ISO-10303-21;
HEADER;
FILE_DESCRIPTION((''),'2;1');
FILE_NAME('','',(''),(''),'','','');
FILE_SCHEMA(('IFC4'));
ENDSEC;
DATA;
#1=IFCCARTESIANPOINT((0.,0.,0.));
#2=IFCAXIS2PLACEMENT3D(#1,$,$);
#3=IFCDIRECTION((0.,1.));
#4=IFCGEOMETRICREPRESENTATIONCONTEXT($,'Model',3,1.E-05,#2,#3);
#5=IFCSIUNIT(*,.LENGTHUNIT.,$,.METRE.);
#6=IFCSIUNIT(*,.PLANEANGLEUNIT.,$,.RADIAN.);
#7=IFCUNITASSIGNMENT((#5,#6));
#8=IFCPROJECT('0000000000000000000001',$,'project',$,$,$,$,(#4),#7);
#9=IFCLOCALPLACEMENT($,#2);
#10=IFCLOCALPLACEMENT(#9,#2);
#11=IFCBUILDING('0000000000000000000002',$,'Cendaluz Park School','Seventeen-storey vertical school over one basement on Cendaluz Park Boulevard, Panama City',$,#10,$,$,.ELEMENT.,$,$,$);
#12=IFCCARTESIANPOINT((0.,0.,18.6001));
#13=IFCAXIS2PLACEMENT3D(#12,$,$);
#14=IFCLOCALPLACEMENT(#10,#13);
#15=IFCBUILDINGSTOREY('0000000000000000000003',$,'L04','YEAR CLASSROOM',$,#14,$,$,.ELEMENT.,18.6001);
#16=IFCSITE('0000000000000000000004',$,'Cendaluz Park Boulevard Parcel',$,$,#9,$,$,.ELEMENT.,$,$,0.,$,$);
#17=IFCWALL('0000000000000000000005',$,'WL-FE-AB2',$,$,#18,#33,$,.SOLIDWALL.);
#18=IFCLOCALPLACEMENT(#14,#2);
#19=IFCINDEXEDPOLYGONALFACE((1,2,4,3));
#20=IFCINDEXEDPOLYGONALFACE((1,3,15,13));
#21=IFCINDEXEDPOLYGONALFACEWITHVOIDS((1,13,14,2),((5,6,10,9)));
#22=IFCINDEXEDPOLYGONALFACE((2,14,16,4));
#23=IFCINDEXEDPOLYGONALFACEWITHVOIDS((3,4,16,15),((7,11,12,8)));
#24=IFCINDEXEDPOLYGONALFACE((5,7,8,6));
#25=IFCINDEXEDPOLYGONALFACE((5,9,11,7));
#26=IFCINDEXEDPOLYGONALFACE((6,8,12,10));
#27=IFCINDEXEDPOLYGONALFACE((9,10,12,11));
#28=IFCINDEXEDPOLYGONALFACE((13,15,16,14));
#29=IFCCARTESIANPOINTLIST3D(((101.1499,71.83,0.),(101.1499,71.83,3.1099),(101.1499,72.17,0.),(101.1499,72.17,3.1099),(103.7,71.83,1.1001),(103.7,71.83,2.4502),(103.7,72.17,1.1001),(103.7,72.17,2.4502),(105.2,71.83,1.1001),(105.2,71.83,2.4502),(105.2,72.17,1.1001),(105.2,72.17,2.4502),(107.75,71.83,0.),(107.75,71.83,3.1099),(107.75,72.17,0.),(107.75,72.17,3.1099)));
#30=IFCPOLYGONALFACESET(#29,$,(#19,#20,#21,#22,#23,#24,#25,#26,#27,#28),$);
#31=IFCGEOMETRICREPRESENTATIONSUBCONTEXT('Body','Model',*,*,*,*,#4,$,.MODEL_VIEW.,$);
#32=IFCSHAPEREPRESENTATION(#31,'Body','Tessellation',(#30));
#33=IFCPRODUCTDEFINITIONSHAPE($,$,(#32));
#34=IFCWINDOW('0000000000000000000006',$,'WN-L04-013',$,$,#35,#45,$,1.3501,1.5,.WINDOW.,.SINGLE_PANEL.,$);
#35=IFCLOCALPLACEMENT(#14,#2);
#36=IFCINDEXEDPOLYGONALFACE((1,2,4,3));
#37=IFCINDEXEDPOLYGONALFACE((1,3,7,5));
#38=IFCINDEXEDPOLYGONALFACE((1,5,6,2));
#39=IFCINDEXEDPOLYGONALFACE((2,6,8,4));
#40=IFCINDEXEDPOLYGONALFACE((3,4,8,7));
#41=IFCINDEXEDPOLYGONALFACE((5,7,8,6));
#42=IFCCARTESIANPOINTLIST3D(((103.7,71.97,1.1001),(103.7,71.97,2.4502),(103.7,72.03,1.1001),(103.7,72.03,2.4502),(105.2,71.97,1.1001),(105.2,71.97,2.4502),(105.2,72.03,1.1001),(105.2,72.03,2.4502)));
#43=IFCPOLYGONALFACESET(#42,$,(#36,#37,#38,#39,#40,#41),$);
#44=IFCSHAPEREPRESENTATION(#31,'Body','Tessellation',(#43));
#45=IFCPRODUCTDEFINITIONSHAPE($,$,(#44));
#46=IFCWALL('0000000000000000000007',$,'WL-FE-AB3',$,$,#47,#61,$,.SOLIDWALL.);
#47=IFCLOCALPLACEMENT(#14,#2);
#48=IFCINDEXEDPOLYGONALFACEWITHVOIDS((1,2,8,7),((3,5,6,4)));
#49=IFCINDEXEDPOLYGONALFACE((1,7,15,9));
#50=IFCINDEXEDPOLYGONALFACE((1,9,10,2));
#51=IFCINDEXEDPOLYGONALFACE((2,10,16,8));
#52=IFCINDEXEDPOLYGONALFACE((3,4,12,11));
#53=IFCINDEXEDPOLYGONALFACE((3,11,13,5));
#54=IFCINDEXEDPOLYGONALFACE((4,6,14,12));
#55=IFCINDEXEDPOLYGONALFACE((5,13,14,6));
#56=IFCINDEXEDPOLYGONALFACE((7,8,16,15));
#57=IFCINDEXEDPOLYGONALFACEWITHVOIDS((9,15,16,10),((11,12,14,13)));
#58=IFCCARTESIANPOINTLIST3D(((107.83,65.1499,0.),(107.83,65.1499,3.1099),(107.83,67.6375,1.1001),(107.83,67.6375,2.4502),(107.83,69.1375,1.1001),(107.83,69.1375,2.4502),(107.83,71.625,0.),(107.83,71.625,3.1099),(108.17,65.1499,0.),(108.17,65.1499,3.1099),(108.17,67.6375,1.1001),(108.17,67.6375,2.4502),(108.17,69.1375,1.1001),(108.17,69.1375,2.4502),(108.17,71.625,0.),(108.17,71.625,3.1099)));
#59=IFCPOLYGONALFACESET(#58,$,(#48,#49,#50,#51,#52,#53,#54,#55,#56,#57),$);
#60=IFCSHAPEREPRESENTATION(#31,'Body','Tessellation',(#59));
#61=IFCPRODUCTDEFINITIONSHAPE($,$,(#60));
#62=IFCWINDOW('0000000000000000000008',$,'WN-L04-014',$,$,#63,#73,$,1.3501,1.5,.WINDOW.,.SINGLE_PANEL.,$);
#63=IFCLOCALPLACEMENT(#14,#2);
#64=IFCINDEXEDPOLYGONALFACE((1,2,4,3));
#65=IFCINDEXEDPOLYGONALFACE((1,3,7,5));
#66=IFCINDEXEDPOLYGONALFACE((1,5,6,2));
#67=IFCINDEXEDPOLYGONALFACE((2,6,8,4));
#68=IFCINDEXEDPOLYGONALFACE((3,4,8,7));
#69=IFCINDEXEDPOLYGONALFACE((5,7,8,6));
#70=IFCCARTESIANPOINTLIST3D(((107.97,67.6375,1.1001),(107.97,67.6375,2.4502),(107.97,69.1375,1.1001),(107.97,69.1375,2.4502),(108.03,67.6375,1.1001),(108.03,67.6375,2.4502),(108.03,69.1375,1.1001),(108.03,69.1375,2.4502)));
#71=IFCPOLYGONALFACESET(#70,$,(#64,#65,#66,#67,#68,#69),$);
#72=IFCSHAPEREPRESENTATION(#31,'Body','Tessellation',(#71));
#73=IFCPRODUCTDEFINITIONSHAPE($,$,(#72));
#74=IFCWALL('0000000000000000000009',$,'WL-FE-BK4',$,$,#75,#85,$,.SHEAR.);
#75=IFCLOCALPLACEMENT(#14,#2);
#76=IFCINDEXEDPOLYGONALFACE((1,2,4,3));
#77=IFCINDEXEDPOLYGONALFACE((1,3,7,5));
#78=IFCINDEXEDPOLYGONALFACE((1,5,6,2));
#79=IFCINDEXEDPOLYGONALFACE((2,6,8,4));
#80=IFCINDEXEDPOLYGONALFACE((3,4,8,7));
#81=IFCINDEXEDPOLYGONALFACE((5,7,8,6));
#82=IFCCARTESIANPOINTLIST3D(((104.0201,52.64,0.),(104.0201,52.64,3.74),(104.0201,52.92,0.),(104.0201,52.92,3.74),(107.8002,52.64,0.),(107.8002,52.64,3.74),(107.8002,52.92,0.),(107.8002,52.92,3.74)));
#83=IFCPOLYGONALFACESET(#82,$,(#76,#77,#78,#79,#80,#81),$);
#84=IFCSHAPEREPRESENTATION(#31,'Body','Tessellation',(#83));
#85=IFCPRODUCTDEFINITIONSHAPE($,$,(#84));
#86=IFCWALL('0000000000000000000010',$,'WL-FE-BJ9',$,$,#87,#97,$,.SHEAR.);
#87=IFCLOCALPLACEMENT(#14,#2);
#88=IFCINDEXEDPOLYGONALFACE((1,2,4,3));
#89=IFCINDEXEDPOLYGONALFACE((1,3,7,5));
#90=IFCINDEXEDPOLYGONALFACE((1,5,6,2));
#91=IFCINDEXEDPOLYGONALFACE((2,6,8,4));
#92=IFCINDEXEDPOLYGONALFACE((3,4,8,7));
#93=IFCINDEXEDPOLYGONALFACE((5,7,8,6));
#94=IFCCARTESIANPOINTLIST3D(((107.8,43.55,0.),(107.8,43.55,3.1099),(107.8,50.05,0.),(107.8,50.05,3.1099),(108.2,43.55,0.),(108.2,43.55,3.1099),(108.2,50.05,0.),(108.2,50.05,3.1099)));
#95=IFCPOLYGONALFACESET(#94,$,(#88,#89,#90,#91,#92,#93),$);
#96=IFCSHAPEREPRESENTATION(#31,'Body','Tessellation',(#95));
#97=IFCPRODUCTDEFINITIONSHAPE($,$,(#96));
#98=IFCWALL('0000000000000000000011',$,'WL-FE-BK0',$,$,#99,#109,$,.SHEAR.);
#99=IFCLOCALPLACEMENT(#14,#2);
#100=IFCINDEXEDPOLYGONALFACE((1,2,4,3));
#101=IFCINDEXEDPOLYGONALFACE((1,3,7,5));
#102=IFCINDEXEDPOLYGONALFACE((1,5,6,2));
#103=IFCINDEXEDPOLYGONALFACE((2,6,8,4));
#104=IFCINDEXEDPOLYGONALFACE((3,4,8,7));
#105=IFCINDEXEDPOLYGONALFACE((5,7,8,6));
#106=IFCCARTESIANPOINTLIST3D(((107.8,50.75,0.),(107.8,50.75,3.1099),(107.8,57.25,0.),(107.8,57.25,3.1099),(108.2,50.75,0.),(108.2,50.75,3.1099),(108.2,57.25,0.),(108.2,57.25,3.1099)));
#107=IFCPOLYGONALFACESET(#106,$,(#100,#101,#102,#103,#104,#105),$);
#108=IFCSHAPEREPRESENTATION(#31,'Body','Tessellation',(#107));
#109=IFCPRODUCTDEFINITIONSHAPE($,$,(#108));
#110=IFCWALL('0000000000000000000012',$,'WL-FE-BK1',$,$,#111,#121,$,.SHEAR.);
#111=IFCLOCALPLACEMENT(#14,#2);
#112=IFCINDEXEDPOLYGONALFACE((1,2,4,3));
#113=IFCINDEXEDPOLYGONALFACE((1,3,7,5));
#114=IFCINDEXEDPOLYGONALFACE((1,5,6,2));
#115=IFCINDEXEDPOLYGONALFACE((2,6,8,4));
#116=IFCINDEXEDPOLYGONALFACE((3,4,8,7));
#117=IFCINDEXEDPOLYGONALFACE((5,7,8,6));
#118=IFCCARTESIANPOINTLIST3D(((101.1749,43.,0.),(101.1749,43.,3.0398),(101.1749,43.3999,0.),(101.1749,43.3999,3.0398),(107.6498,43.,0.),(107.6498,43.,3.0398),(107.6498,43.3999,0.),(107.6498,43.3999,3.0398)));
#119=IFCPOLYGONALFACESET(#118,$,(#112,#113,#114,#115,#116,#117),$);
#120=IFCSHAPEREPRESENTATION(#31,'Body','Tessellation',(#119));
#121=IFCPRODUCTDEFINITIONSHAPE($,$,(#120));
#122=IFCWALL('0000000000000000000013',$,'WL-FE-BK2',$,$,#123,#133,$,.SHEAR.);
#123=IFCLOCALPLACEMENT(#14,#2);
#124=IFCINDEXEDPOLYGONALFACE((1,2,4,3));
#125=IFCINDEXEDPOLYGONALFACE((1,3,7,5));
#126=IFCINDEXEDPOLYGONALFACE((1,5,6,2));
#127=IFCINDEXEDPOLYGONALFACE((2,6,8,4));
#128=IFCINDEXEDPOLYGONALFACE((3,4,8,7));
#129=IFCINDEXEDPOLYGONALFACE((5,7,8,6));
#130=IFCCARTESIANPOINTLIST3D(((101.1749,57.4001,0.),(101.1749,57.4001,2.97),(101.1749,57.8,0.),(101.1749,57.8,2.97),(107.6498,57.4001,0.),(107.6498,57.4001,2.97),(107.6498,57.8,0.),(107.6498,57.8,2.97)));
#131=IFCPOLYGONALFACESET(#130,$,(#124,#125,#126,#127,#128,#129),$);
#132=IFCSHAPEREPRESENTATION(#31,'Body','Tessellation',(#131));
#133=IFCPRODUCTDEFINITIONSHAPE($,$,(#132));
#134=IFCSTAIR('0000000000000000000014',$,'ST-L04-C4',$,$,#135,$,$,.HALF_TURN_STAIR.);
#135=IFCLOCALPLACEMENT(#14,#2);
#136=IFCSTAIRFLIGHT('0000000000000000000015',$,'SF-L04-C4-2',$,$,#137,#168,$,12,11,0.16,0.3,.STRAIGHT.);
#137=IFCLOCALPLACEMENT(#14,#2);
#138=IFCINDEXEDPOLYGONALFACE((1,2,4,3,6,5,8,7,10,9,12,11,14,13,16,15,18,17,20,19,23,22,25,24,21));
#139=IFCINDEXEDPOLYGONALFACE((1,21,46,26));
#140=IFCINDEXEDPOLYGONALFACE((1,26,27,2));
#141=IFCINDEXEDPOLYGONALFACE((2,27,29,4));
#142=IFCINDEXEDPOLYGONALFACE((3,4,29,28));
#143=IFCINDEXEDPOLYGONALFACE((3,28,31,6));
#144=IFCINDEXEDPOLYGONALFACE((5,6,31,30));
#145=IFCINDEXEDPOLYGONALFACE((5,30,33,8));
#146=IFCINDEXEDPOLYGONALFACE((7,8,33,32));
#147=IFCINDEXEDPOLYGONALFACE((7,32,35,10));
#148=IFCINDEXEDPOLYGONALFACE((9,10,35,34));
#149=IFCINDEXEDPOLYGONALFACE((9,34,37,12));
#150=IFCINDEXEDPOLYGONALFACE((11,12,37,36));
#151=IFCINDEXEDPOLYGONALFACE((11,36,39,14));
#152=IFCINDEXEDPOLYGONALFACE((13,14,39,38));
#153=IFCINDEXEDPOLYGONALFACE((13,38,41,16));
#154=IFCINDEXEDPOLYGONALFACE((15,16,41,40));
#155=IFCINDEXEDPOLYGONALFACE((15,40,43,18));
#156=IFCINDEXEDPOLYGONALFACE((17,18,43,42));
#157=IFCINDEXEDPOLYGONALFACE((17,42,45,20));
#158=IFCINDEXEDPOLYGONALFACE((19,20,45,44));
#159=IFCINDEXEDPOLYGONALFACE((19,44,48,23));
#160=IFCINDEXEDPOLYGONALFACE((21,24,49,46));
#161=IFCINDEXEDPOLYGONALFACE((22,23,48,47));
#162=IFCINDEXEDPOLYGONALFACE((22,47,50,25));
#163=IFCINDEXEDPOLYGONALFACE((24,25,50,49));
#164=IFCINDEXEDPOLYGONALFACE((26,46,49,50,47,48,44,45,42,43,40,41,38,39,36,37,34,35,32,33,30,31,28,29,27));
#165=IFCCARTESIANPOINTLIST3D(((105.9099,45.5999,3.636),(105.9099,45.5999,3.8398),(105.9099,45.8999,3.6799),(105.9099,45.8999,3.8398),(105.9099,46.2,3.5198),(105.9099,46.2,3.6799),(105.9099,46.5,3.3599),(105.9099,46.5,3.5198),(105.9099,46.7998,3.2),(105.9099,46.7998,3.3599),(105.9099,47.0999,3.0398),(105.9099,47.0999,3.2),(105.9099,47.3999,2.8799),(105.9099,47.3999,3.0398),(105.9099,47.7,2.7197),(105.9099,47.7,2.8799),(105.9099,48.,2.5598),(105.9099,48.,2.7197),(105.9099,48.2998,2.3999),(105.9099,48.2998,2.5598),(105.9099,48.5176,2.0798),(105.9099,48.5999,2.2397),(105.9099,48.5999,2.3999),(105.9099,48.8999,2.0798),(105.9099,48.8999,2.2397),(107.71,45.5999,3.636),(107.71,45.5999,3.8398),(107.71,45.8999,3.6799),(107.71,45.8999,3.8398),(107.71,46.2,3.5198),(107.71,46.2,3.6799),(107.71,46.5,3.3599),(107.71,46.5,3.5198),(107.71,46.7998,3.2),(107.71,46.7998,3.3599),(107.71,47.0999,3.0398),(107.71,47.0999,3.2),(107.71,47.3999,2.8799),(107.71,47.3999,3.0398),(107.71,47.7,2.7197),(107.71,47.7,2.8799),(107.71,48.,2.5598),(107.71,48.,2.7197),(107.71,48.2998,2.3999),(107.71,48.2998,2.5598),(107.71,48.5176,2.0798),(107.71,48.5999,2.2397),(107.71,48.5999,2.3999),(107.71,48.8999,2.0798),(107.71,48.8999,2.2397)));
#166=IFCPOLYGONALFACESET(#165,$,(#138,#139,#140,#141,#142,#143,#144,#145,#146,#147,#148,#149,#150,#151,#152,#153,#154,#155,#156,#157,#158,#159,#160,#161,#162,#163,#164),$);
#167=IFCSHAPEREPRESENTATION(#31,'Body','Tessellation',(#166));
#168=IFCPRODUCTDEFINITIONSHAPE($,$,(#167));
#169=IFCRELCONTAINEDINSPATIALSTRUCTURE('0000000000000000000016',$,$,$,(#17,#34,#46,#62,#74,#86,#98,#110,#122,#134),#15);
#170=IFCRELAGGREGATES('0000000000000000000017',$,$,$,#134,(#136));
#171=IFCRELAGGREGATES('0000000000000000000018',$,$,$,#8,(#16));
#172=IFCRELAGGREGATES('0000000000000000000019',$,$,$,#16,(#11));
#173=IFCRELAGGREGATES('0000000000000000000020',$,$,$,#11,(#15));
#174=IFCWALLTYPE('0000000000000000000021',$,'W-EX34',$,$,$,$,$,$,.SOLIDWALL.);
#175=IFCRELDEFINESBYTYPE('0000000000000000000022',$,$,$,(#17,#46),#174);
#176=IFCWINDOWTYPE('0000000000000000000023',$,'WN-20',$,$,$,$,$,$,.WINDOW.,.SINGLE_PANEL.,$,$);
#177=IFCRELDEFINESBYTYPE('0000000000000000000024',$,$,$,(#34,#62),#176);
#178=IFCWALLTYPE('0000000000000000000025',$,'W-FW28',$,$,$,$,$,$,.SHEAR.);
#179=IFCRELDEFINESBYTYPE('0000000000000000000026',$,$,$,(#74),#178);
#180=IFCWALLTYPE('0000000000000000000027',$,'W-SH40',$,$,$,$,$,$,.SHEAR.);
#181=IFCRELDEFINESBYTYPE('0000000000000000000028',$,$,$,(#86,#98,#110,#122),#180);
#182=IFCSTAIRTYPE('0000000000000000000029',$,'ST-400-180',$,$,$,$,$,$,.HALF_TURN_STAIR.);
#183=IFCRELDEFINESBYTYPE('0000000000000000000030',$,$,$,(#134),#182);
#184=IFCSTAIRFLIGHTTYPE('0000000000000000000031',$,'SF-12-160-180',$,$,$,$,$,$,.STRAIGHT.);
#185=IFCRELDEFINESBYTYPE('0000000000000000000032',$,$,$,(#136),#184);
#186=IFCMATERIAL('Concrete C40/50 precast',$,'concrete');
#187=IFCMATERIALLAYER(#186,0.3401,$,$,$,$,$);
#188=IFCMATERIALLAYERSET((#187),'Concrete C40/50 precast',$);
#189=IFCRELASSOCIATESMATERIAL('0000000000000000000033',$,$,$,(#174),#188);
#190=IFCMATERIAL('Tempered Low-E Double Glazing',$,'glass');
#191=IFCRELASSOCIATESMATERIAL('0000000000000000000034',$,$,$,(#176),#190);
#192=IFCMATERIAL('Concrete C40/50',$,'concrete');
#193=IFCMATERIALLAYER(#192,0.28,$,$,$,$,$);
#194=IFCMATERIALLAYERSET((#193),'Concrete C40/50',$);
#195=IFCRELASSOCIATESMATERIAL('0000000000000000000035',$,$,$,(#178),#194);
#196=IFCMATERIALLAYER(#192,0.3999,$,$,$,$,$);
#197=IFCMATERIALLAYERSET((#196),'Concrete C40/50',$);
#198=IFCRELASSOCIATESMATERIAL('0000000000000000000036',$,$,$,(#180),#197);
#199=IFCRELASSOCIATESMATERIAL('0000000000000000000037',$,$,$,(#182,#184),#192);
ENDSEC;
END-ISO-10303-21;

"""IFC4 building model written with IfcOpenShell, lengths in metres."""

from ifc_helpers import new_model, si_unit, direction, frame, frame_2d, origin, place, context, subcontext, project, spatial, polyline, rectangle, outline, extrude, material, layer, layer_set, type_object, element, fill, aggregate, save


model = new_model("IFC4")

# Units and contexts
model_context = context("Model", 3, precision=1e-05, world=origin(), true_north=direction((0.0, 1.0)))
body_context = subcontext(model_context, "Body", "Model", "MODEL_VIEW")
ifc_project = project(units=[si_unit("LENGTHUNIT", "METRE"), si_unit("PLANEANGLEUNIT", "RADIAN")], contexts=[model_context])

# Site, building, storey
site_placement = place(None, origin())
site = spatial("IfcSite", under=ifc_project, at=site_placement, Name="Cendaluz Park Boulevard Parcel", CompositionType="ELEMENT", RefElevation=0.0)
building_placement = place(site_placement, origin())
building = spatial("IfcBuilding", under=site, at=building_placement, Name="Cendaluz Park School", Description="Seventeen-storey vertical school over one basement on Cendaluz Park Boulevard, Panama City", CompositionType="ELEMENT")
storey_placement = place(building_placement, frame((0.0, 0.0, 18.6001)))
storey = spatial("IfcBuildingStorey", under=building, at=storey_placement, Name="L04", Description="YEAR CLASSROOM", CompositionType="ELEMENT", Elevation=18.6001)

# Shared definitions
ifc_material_1 = material(Name="Concrete C40/50", Category="concrete")

# Walls, openings, windows
ifc_material_2 = material(Name="Concrete C40/50 precast", Category="concrete")
ifc_layer_1 = layer(ifc_material_2, 0.3401)
ifc_layer_set_1 = layer_set([ifc_layer_1], Name="Concrete C40/50 precast")
wall_type_1 = type_object("IfcWallType", Name="W-EX34", PredefinedType="SOLIDWALL", material=ifc_layer_set_1)
ifc_material_3 = material(Name="Tempered Low-E Double Glazing", Category="glass")
window_type = type_object("IfcWindowType", Name="WN-20", PartitioningType="SINGLE_PANEL", PredefinedType="WINDOW", material=ifc_material_3)
wall_1_placement = place(storey_placement, frame((101.1499, 72.0, 0.0), z_axis=(0.0, 0.0, 1.0), x_axis=(1.0, 0.0, 0.0)))
wall_1 = element("IfcWall", 1, at=wall_1_placement, inside=storey, type_object=wall_type_1, Name="WL-FE-AB2", PredefinedType="SOLIDWALL", context=body_context, shape_type="SweptSolid", body=[
    extrude(rectangle(XDim=6.6001, YDim=0.3401, at=frame_2d((3.3, 0.0))), origin(), (0.0, 0.0, 1.0), 3.1099),
])
opening_1_placement = place(wall_1_placement, frame((2.55, 0.0, 1.1001)))
opening_1 = element("IfcOpeningElement", 2, at=opening_1_placement, cuts=wall_1, PredefinedType="OPENING", context=body_context, shape_type="SweptSolid", body=[
    extrude(rectangle(XDim=1.5, YDim=1.3501, at=frame_2d((0.75, 0.675))), frame((0.0, 0.1821, 0.0), z_axis=(0.0, -1.0, 0.0), x_axis=(1.0, 0.0, 0.0)), (0.0, 0.0, 1.0), 0.364),
])
window_1_placement = place(opening_1_placement, origin())
window_1 = element("IfcWindow", 3, at=window_1_placement, inside=storey, type_object=window_type, Name="WN-L04-013", OverallHeight=1.3501, OverallWidth=1.5, PartitioningType="SINGLE_PANEL", PredefinedType="WINDOW", context=body_context, shape_type="SweptSolid", body=[
    extrude(rectangle(XDim=1.5, YDim=1.3501, at=frame_2d((0.75, 0.675))), frame((0.0, 0.03, 0.0), z_axis=(0.0, -1.0, 0.0), x_axis=(1.0, 0.0, 0.0)), (0.0, 0.0, 1.0), 0.0601),
])
fill(opening_1, window_1)
wall_2_placement = place(storey_placement, frame((108.0, 65.1499, 0.0), z_axis=(0.0, 0.0, 1.0), x_axis=(0.0, 1.0, 0.0)))
wall_2 = element("IfcWall", 4, at=wall_2_placement, inside=storey, type_object=wall_type_1, Name="WL-FE-AB3", PredefinedType="SOLIDWALL", context=body_context, shape_type="SweptSolid", body=[
    extrude(rectangle(XDim=6.4751, YDim=0.3401, at=frame_2d((3.2375, 0.0))), origin(), (0.0, 0.0, 1.0), 3.1099),
])
opening_2_placement = place(wall_2_placement, frame((2.4875, 0.0, 1.1001)))
opening_2 = element("IfcOpeningElement", 5, at=opening_2_placement, cuts=wall_2, PredefinedType="OPENING", context=body_context, shape_type="SweptSolid", body=[
    extrude(rectangle(XDim=1.5, YDim=1.3501, at=frame_2d((0.75, 0.675))), frame((0.0, 0.1821, 0.0), z_axis=(0.0, -1.0, 0.0), x_axis=(1.0, 0.0, 0.0)), (0.0, 0.0, 1.0), 0.364),
])
window_2_placement = place(opening_2_placement, origin())
window_2 = element("IfcWindow", 6, at=window_2_placement, inside=storey, type_object=window_type, Name="WN-L04-014", OverallHeight=1.3501, OverallWidth=1.5, PartitioningType="SINGLE_PANEL", PredefinedType="WINDOW", context=body_context, shape_type="SweptSolid", body=[
    extrude(rectangle(XDim=1.5, YDim=1.3501, at=frame_2d((0.75, 0.675))), frame((0.0, 0.03, 0.0), z_axis=(0.0, -1.0, 0.0), x_axis=(1.0, 0.0, 0.0)), (0.0, 0.0, 1.0), 0.0601),
])
fill(opening_2, window_2)

# Shared definitions
ifc_layer_2 = layer(ifc_material_1, 0.28)
ifc_layer_set_2 = layer_set([ifc_layer_2], Name="Concrete C40/50")
wall_type_2 = type_object("IfcWallType", Name="W-FW28", PredefinedType="SHEAR", material=ifc_layer_set_2)

# Walls
wall_3_placement = place(storey_placement, frame((104.02, 52.78, 0.0), z_axis=(0.0, 0.0, 1.0), x_axis=(1.0, 0.0, 0.0)))
element("IfcWall", 7, at=wall_3_placement, inside=storey, type_object=wall_type_2, Name="WL-FE-BK4", PredefinedType="SHEAR", context=body_context, shape_type="SweptSolid", body=[
    extrude(rectangle(XDim=3.78, YDim=0.28, at=frame_2d((1.8901, 0.0))), origin(), (0.0, 0.0, 1.0), 3.74),
])
ifc_layer_3 = layer(ifc_material_1, 0.3999)
ifc_layer_set_3 = layer_set([ifc_layer_3], Name="Concrete C40/50")
wall_type_3 = type_object("IfcWallType", Name="W-SH40", PredefinedType="SHEAR", material=ifc_layer_set_3)
for number, where, z_axis, x_axis, name in (
    (8, (108.0, 43.55, 0.0), (0.0, 0.0, 1.0), (0.0, 1.0, 0.0), "WL-FE-BJ9"),
    (9, (108.0, 50.75, 0.0), (0.0, 0.0, 1.0), (0.0, 1.0, 0.0), "WL-FE-BK0"),
):
    element("IfcWall", number, at=place(storey_placement, frame(where, z_axis=z_axis, x_axis=x_axis)), inside=storey, type_object=wall_type_3, Name=name, PredefinedType="SHEAR", context=body_context, shape_type="SweptSolid", body=[
        extrude(rectangle(XDim=6.5, YDim=0.3999, at=frame_2d((3.25, 0.0))), origin(), (0.0, 0.0, 1.0), 3.1099),
    ])
wall_4_placement = place(storey_placement, frame((101.175, 43.2, 0.0), z_axis=(0.0, 0.0, 1.0), x_axis=(1.0, 0.0, 0.0)))
element("IfcWall", 10, at=wall_4_placement, inside=storey, type_object=wall_type_3, Name="WL-FE-BK1", PredefinedType="SHEAR", context=body_context, shape_type="SweptSolid", body=[
    extrude(rectangle(XDim=6.4749, YDim=0.3999, at=frame_2d((3.2373, 0.0))), origin(), (0.0, 0.0, 1.0), 3.0398),
])
wall_5_placement = place(storey_placement, frame((101.175, 57.6001, 0.0), z_axis=(0.0, 0.0, 1.0), x_axis=(1.0, 0.0, 0.0)))
element("IfcWall", 11, at=wall_5_placement, inside=storey, type_object=wall_type_3, Name="WL-FE-BK2", PredefinedType="SHEAR", context=body_context, shape_type="SweptSolid", body=[
    extrude(rectangle(XDim=6.4749, YDim=0.3999, at=frame_2d((3.2373, 0.0))), origin(), (0.0, 0.0, 1.0), 2.97),
])

# Stair, stair flight
stair_type = type_object("IfcStairType", Name="ST-400-180", PredefinedType="HALF_TURN_STAIR", material=ifc_material_1)
stair_placement = place(storey_placement, origin())
stair = element("IfcStair", 12, at=stair_placement, inside=storey, type_object=stair_type, Name="ST-L04-C4", PredefinedType="HALF_TURN_STAIR")
stair_flight_type_1 = type_object("IfcStairFlightType", Name="SF-12-160-180", PredefinedType="STRAIGHT", material=ifc_material_1)
stair_flight_1_placement = place(storey_placement, frame((106.8101, 48.8999, 2.0798), z_axis=(0.0, 0.0, 1.0), x_axis=(0.0, -1.0, 0.0)))
stair_flight_1 = element("IfcStairFlight", 13, at=stair_flight_1_placement, type_object=stair_flight_type_1, Name="SF-L04-C4-2", NumberOfRisers=12, NumberOfTreads=11, PredefinedType="STRAIGHT", RiserHeight=0.16, TreadLength=0.3, context=body_context, shape_type="SweptSolid", body=[
    extrude(outline(polyline([(0.0, 0.0), (0.0, 0.1599), (0.3, 0.1599), (0.3, 0.3201), (0.6001, 0.3201), (0.6001, 0.48), (0.8999, 0.48), (0.8999, 0.6399), (1.2, 0.6399), (1.2, 0.8), (1.5, 0.8), (1.5, 0.96), (1.8, 0.96), (1.8, 1.1201), (2.1001, 1.1201), (2.1001, 1.28), (2.3999, 1.28), (2.3999, 1.4399), (2.7, 1.4399), (2.7, 1.6001), (3.0, 1.6001), (3.0, 1.76), (3.3, 1.76), (3.3, 1.9199), (3.3, 1.5562), (0.3823, 0.0), (0.0, 0.0)])), frame((0.0, 0.8999, 0.0), z_axis=(0.0, -1.0, 0.0), x_axis=(1.0, 0.0, 0.0)), (0.0, 0.0, 1.0), 1.8),
])
aggregate(stair, [stair_flight_1])

save(model, "model.ifc")
